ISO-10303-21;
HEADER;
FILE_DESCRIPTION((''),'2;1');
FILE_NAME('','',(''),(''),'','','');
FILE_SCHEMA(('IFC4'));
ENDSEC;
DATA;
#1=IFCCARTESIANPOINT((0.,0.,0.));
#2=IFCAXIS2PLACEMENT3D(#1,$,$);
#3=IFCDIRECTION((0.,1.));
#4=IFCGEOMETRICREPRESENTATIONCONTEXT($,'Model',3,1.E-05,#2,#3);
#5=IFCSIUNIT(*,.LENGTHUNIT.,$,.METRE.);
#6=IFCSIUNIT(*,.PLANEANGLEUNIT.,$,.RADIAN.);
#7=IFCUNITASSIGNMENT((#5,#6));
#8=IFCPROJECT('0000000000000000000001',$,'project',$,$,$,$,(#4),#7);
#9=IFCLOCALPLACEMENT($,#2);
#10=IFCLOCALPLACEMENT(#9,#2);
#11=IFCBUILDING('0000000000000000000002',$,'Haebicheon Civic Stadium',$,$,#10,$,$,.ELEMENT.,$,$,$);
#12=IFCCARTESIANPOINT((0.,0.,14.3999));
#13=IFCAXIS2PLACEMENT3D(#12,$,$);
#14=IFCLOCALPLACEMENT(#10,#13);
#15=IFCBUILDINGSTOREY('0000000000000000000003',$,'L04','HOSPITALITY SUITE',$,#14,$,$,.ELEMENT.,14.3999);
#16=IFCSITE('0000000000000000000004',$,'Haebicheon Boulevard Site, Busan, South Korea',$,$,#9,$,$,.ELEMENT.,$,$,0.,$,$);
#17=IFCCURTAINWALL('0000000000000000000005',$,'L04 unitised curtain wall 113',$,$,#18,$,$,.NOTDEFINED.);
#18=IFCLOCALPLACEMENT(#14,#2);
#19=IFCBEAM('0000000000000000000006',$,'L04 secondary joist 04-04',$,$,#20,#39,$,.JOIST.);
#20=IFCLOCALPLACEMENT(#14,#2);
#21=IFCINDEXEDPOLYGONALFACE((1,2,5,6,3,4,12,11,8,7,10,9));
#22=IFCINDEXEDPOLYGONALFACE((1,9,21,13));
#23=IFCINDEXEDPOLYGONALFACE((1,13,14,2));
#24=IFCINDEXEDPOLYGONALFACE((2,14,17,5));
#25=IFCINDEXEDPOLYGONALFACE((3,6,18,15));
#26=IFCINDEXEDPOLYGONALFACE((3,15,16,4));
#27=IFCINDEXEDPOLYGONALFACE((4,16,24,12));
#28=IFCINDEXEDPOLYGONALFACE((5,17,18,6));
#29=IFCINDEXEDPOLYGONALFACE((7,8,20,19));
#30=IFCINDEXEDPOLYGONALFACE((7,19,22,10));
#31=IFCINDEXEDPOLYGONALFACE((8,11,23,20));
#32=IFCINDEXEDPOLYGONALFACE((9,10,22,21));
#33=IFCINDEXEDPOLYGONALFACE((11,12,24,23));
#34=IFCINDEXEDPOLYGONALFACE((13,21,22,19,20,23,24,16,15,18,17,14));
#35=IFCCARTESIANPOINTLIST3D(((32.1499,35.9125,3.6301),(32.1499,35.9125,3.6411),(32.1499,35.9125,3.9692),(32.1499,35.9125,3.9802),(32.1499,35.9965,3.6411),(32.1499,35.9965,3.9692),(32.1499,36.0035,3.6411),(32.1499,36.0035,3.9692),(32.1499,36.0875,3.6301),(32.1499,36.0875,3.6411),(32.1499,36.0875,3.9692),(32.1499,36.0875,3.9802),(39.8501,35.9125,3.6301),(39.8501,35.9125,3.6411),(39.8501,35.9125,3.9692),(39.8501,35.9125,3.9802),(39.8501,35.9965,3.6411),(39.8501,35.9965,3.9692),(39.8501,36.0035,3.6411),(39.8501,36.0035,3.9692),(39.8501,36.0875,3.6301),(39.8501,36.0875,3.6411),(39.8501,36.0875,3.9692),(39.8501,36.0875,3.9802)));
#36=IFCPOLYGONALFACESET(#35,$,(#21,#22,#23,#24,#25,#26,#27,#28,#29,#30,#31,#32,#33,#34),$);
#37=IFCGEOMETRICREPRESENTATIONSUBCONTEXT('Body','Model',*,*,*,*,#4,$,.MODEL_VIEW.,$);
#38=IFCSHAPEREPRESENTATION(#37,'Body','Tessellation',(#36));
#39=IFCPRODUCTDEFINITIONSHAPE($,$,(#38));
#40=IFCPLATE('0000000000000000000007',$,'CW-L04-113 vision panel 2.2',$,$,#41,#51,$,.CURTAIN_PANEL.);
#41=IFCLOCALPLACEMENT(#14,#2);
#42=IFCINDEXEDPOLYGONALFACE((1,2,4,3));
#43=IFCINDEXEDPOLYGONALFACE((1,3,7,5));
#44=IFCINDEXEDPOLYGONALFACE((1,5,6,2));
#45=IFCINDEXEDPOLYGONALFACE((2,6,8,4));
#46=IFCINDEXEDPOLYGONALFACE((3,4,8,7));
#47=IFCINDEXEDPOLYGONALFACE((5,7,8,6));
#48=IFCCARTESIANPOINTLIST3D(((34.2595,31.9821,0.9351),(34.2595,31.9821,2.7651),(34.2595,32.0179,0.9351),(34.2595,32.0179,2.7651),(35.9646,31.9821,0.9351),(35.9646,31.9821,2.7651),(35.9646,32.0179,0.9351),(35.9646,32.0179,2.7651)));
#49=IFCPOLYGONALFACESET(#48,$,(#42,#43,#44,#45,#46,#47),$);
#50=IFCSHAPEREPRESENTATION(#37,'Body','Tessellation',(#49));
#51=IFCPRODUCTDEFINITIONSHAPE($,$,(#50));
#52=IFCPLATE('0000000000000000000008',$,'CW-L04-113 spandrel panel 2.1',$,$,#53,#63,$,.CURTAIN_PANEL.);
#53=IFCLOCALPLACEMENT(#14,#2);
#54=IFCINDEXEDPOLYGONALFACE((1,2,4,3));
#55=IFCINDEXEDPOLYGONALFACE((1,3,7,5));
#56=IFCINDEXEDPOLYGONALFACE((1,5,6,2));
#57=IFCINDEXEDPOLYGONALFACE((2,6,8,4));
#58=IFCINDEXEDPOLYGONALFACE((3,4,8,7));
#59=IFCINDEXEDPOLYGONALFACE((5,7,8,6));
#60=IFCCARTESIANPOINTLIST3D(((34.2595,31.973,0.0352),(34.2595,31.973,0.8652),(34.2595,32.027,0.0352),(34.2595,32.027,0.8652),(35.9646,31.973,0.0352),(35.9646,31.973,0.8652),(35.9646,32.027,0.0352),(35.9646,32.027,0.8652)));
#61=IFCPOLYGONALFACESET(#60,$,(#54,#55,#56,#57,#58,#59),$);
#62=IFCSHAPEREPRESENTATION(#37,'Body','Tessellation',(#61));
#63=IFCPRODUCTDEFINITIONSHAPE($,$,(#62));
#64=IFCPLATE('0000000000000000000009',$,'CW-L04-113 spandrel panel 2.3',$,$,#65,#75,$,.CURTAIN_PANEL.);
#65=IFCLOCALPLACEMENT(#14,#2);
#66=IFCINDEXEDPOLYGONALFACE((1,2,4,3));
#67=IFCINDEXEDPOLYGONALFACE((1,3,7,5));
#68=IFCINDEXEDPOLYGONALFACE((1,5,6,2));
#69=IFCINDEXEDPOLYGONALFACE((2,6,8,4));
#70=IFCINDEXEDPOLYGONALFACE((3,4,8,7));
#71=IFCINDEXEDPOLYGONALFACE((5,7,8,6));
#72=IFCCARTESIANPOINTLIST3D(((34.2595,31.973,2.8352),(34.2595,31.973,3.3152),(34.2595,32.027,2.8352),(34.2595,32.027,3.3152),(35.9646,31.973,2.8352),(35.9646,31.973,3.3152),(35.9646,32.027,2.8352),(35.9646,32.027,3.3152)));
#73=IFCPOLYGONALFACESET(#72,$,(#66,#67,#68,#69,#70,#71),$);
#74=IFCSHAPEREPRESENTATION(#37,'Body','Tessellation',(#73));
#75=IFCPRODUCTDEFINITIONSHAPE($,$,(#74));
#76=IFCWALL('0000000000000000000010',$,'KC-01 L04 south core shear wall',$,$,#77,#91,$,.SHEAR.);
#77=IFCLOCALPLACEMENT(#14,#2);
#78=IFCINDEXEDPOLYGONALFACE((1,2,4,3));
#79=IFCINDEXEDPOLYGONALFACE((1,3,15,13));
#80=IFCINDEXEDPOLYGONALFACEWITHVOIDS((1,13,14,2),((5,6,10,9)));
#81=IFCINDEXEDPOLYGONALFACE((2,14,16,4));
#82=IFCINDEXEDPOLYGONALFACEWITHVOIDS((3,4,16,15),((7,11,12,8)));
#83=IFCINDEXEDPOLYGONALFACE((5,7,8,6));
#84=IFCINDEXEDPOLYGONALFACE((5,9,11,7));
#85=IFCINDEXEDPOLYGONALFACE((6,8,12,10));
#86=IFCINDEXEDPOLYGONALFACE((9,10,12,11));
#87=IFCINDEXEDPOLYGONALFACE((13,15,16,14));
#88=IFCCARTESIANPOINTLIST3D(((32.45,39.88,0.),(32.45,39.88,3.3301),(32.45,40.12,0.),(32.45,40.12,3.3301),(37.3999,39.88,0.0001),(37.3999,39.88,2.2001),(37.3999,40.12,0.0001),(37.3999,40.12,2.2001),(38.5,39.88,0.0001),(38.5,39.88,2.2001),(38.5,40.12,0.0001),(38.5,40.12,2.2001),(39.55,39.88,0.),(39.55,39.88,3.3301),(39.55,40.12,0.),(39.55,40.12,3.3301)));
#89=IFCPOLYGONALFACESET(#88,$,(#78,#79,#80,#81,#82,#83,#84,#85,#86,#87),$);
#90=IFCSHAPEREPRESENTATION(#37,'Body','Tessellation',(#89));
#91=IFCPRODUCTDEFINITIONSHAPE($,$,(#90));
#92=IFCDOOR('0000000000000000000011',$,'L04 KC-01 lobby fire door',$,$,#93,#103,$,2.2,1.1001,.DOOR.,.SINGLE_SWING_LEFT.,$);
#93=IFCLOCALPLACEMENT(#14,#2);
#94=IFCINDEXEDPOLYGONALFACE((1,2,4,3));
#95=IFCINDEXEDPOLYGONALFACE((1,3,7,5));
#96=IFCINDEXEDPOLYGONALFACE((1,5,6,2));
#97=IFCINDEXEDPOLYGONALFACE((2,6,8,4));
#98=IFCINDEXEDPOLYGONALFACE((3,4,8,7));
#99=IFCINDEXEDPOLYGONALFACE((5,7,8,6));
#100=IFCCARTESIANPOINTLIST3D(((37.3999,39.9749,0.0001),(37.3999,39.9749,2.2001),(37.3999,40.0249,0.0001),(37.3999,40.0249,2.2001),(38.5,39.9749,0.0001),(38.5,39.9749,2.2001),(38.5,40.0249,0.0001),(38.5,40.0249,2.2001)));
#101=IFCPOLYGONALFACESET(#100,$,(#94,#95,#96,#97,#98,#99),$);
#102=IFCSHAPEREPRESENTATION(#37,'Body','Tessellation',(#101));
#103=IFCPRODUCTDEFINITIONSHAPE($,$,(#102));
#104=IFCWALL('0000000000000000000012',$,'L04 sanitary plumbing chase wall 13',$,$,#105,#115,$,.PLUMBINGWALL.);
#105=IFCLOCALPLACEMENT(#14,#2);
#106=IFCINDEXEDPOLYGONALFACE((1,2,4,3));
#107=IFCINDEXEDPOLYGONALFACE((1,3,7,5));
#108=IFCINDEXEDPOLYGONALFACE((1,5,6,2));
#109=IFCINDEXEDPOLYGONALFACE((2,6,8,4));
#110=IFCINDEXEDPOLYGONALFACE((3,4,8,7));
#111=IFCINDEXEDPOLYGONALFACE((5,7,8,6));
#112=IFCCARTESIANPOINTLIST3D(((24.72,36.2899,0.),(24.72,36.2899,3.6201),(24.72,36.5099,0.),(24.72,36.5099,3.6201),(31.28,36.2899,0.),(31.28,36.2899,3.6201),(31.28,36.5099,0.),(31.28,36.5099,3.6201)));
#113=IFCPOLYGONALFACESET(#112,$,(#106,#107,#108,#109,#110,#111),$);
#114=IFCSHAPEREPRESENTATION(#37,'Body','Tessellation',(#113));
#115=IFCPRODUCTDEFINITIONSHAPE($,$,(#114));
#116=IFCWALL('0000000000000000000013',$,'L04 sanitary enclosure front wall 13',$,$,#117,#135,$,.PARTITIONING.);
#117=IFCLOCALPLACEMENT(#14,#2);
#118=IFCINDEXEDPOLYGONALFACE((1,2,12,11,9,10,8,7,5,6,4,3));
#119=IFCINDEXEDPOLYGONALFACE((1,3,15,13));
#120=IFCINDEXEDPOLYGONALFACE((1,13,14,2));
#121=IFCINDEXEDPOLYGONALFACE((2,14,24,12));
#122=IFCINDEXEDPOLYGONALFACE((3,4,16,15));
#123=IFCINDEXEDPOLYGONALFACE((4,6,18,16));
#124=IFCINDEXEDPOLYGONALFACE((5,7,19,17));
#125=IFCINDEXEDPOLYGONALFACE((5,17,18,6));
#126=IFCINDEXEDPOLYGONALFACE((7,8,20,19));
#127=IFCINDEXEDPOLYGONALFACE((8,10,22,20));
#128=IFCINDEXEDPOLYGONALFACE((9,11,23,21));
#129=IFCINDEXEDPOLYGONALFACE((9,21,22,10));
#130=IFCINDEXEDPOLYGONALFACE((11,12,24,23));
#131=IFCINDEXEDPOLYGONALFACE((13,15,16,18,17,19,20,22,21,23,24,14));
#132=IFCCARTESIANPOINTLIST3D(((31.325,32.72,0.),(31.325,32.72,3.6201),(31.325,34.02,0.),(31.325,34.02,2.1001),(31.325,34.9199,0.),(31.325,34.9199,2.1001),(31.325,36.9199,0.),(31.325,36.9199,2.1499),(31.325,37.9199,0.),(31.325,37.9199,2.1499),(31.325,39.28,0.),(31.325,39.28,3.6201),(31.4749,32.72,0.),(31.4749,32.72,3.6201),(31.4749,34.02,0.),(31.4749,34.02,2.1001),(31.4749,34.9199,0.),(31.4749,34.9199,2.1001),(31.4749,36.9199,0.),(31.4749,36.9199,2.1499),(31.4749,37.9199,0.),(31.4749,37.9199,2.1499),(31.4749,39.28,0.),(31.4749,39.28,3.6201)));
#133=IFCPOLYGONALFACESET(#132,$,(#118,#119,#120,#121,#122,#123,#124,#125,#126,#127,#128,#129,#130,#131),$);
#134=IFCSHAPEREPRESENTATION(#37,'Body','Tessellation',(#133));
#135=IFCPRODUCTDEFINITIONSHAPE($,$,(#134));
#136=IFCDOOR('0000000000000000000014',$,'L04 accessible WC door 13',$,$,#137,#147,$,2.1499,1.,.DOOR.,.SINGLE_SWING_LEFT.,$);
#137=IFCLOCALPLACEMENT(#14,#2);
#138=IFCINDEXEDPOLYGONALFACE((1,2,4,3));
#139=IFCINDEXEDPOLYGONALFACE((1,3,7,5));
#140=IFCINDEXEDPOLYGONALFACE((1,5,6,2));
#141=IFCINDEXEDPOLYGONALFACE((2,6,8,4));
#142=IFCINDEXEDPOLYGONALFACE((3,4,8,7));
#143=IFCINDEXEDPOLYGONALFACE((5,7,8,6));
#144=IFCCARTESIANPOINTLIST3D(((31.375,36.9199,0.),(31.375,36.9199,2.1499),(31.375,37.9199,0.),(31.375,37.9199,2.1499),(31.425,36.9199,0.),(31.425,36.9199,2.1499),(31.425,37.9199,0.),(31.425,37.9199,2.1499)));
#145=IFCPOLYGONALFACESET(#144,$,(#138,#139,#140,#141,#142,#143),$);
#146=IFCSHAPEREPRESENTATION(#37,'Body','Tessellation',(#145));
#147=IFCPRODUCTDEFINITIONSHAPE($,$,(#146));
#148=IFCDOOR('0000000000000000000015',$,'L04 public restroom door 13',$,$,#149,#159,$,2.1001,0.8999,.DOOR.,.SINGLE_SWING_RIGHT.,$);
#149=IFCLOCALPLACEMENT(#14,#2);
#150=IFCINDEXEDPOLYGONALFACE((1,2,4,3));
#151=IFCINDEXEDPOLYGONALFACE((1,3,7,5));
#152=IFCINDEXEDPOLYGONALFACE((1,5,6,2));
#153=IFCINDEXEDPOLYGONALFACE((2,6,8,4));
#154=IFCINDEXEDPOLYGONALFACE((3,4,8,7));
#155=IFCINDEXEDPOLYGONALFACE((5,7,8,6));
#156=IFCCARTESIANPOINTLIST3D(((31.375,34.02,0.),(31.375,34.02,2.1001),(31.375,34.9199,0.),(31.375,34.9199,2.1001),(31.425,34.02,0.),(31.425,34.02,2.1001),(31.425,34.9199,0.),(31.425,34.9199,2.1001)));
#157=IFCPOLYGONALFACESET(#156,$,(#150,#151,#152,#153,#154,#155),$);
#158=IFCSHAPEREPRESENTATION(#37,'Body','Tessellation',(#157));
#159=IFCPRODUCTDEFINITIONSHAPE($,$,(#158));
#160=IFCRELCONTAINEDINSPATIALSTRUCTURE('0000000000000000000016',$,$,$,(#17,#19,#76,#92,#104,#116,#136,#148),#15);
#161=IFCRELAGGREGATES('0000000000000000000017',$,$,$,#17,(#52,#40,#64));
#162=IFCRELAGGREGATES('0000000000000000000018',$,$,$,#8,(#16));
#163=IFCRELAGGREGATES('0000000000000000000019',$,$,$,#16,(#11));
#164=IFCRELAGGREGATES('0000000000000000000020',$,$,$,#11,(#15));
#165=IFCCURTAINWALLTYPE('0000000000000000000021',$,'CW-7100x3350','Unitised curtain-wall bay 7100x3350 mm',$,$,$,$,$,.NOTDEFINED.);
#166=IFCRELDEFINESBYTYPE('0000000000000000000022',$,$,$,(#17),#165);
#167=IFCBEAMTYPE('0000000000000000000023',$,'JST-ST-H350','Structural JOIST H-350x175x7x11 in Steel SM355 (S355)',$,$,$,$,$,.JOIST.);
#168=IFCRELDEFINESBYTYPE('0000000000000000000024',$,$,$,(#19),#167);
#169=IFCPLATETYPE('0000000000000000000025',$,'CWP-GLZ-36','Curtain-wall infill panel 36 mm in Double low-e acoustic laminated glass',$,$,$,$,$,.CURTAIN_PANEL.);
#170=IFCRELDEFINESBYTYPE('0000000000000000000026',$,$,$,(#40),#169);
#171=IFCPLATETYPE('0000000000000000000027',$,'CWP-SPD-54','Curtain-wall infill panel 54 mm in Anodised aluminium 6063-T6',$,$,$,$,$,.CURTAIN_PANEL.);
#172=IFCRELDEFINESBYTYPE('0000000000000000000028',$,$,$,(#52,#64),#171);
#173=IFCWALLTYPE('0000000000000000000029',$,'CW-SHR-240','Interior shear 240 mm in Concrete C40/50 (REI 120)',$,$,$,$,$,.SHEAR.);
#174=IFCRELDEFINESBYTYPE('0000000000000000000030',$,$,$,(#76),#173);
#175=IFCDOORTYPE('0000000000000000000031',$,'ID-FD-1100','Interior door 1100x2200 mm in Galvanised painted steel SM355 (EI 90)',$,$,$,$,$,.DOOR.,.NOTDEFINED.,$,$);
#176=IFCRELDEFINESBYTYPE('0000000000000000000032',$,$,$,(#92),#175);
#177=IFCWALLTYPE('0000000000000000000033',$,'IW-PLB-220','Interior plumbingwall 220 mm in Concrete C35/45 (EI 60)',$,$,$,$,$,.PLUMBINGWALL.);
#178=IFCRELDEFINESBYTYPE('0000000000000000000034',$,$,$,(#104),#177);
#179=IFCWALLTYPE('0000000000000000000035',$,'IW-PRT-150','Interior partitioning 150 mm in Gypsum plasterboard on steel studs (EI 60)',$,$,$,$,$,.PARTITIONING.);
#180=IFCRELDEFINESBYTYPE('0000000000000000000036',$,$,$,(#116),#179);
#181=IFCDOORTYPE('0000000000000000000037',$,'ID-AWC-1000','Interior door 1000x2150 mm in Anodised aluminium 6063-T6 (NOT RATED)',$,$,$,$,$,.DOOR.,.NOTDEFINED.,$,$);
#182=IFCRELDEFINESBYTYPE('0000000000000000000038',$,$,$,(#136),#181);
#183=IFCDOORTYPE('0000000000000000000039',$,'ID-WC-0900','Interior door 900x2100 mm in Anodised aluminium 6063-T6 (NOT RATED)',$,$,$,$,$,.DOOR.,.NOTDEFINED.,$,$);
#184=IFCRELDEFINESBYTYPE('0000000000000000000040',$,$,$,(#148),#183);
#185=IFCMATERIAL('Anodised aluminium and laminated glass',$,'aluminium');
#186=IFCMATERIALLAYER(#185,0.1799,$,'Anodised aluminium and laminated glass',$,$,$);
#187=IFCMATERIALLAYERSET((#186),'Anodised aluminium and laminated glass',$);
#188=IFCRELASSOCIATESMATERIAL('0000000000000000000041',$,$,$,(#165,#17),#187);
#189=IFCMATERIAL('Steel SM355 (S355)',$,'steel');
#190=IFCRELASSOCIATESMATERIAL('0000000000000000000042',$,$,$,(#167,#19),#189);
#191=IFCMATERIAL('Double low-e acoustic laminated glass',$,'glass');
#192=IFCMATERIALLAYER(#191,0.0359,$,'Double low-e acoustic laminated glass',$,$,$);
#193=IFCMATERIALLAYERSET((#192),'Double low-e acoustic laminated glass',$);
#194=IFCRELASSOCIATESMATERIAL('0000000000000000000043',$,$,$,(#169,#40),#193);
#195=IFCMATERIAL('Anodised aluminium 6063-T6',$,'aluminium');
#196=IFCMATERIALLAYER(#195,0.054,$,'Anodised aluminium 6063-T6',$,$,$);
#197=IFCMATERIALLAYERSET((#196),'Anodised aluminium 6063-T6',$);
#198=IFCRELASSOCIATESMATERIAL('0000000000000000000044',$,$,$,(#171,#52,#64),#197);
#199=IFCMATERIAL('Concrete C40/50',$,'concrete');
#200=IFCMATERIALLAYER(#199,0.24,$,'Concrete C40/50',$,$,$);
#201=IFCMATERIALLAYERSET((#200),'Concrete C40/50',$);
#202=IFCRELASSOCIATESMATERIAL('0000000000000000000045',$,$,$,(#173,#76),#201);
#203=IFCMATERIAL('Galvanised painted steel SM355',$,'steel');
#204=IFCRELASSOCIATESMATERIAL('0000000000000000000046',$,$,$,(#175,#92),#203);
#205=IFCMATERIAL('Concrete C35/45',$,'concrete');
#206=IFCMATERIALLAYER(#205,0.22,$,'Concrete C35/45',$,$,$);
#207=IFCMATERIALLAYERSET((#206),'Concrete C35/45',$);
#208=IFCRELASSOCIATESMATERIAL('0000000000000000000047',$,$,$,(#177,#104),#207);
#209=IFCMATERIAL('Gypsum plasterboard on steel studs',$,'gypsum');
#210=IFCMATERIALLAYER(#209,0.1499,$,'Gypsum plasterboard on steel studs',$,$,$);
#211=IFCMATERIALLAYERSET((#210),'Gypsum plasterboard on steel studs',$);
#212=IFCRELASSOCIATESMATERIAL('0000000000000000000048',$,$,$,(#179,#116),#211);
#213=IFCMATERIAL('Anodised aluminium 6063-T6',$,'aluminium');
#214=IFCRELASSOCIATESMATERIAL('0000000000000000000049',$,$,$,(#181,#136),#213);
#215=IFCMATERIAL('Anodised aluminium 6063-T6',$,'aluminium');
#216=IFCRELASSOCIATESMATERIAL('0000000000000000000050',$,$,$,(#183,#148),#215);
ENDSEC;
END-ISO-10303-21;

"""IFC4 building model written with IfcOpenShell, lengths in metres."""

from ifc_helpers import new_model, si_unit, direction, frame, frame_2d, origin, origin_2d, place, context, subcontext, project, spatial, rectangle, i_section, extrude, material, layer, layer_set, material_profile, profile_set, type_object, element, fill, aggregate, save


model = new_model("IFC4")

# Units and contexts
model_context = context("Model", 3, precision=1e-05, world=origin(), true_north=direction((0.0, 1.0)))
body_context = subcontext(model_context, "Body", "Model", "MODEL_VIEW")
ifc_project = project(units=[si_unit("LENGTHUNIT", "METRE"), si_unit("PLANEANGLEUNIT", "RADIAN")], contexts=[model_context])

# Site, building, storey
site_placement = place(None, origin())
site = spatial("IfcSite", under=ifc_project, at=site_placement, Name="Haebicheon Boulevard Site, Busan, South Korea", CompositionType="ELEMENT", RefElevation=0.0)
building_placement = place(site_placement, origin())
building = spatial("IfcBuilding", under=site, at=building_placement, Name="Haebicheon Civic Stadium", CompositionType="ELEMENT")
storey_placement = place(building_placement, frame((0.0, 0.0, 14.3999)))
storey = spatial("IfcBuildingStorey", under=building, at=storey_placement, Name="L04", Description="HOSPITALITY SUITE", CompositionType="ELEMENT", Elevation=14.3999)

# Curtain wall
ifc_material_1 = material(Name="Anodised aluminium and laminated glass", Category="aluminium")
ifc_layer_1 = layer(ifc_material_1, 0.1799, Name="Anodised aluminium and laminated glass")
ifc_layer_set_1 = layer_set([ifc_layer_1], Name="Anodised aluminium and laminated glass")
curtain_wall_type = type_object("IfcCurtainWallType", Name="CW-7100x3350", Description="Unitised curtain-wall bay 7100x3350 mm", PredefinedType="NOTDEFINED", material=ifc_layer_set_1)
curtain_wall_placement = place(storey_placement, origin())
curtain_wall = element("IfcCurtainWall", 1, at=curtain_wall_placement, inside=storey, type_object=curtain_wall_type, material=ifc_layer_set_1, Name="L04 unitised curtain wall 113", PredefinedType="NOTDEFINED")

# Beam
ifc_material_2 = material(Name="Steel SM355 (S355)", Category="steel")
ifc_material_profile_1 = material_profile(ifc_material_2, i_section(OverallWidth=0.175, OverallDepth=0.3501, WebThickness=0.0071, FlangeThickness=0.011, at=origin_2d()), Name="H-350x175x7x11")
ifc_profile_set_1 = profile_set([ifc_material_profile_1], Name="Steel SM355 (S355)")
beam_type_1 = type_object("IfcBeamType", Name="JST-ST-H350", Description="Structural JOIST H-350x175x7x11 in Steel SM355 (S355)", PredefinedType="JOIST", material=ifc_profile_set_1)
beam_1_placement = place(storey_placement, frame((32.1499, 36.0, 3.8052), z_axis=(1.0, 0.0, 0.0), x_axis=(0.0, 1.0, 0.0)))
element("IfcBeam", 2, at=beam_1_placement, inside=storey, type_object=beam_type_1, material=ifc_profile_set_1, Name="L04 secondary joist 04-04", PredefinedType="JOIST", context=body_context, shape_type="SweptSolid", body=[
    extrude(i_section(OverallWidth=0.175, OverallDepth=0.3501, WebThickness=0.0071, FlangeThickness=0.011, at=origin_2d()), origin(), (0.0, 0.0, 1.0), 7.7002),
])

# Plates
ifc_material_3 = material(Name="Double low-e acoustic laminated glass", Category="glass")
ifc_layer_2 = layer(ifc_material_3, 0.0359, Name="Double low-e acoustic laminated glass")
ifc_layer_set_2 = layer_set([ifc_layer_2], Name="Double low-e acoustic laminated glass")
plate_type_1 = type_object("IfcPlateType", Name="CWP-GLZ-36", Description="Curtain-wall infill panel 36 mm in Double low-e acoustic laminated glass", PredefinedType="CURTAIN_PANEL", material=ifc_layer_set_2)
plate_1_placement = place(storey_placement, frame((35.1121, 32.0, 0.9351), z_axis=(0.0, 0.0, 1.0), x_axis=(1.0, 0.0, 0.0)))
plate_1 = element("IfcPlate", 3, at=plate_1_placement, type_object=plate_type_1, material=ifc_layer_set_2, Name="CW-L04-113 vision panel 2.2", PredefinedType="CURTAIN_PANEL", context=body_context, shape_type="SweptSolid", body=[
    extrude(rectangle(XDim=1.7051, YDim=0.0359, at=origin_2d()), origin(), (0.0, 0.0, 1.0), 1.8301),
])
ifc_material_4 = material(Name="Anodised aluminium 6063-T6", Category="aluminium")
ifc_layer_3 = layer(ifc_material_4, 0.054, Name="Anodised aluminium 6063-T6")
ifc_layer_set_3 = layer_set([ifc_layer_3], Name="Anodised aluminium 6063-T6")
plate_type_2 = type_object("IfcPlateType", Name="CWP-SPD-54", Description="Curtain-wall infill panel 54 mm in Anodised aluminium 6063-T6", PredefinedType="CURTAIN_PANEL", material=ifc_layer_set_3)
plate_2_placement = place(storey_placement, frame((35.1121, 32.0, 0.0352), z_axis=(0.0, 0.0, 1.0), x_axis=(1.0, 0.0, 0.0)))
plate_2 = element("IfcPlate", 4, at=plate_2_placement, type_object=plate_type_2, material=ifc_layer_set_3, Name="CW-L04-113 spandrel panel 2.1", PredefinedType="CURTAIN_PANEL", context=body_context, shape_type="SweptSolid", body=[
    extrude(rectangle(XDim=1.7051, YDim=0.054, at=origin_2d()), origin(), (0.0, 0.0, 1.0), 0.8301),
])
plate_3_placement = place(storey_placement, frame((35.1121, 32.0, 2.8352), z_axis=(0.0, 0.0, 1.0), x_axis=(1.0, 0.0, 0.0)))
plate_3 = element("IfcPlate", 5, at=plate_3_placement, type_object=plate_type_2, material=ifc_layer_set_3, Name="CW-L04-113 spandrel panel 2.3", PredefinedType="CURTAIN_PANEL", context=body_context, shape_type="SweptSolid", body=[
    extrude(rectangle(XDim=1.7051, YDim=0.054, at=origin_2d()), origin(), (0.0, 0.0, 1.0), 0.48),
])
aggregate(curtain_wall, [plate_2, plate_1, plate_3])

# Wall, opening, door
ifc_material_5 = material(Name="Concrete C40/50", Category="concrete")
ifc_layer_4 = layer(ifc_material_5, 0.24, Name="Concrete C40/50")
ifc_layer_set_4 = layer_set([ifc_layer_4], Name="Concrete C40/50")
wall_type_1 = type_object("IfcWallType", Name="CW-SHR-240", Description="Interior shear 240 mm in Concrete C40/50 (REI 120)", PredefinedType="SHEAR", material=ifc_layer_set_4)
wall_1_placement = place(storey_placement, frame((32.45, 40.0, 0.0), z_axis=(0.0, 0.0, 1.0), x_axis=(1.0, 0.0, 0.0)))
wall_1 = element("IfcWall", 6, at=wall_1_placement, inside=storey, type_object=wall_type_1, material=ifc_layer_set_4, Name="KC-01 L04 south core shear wall", PredefinedType="SHEAR", context=body_context, shape_type="SweptSolid", body=[
    extrude(rectangle(XDim=7.1001, YDim=0.24, at=frame_2d((3.55, 0.0))), origin(), (0.0, 0.0, 1.0), 3.3301),
])
opening_1_placement = place(wall_1_placement, frame((4.95, 0.0, 0.0)))
opening_1 = element("IfcOpeningElement", 7, at=opening_1_placement, cuts=wall_1, PredefinedType="OPENING", context=body_context, shape_type="SweptSolid", body=[
    extrude(rectangle(XDim=1.1001, YDim=2.2, at=frame_2d((0.55, 1.1001))), frame((0.0, 0.1299, 0.0), z_axis=(0.0, -1.0, 0.0), x_axis=(1.0, 0.0, 0.0)), (0.0, 0.0, 1.0), 0.26),
])
ifc_material_6 = material(Name="Galvanised painted steel SM355", Category="steel")
door_type_1 = type_object("IfcDoorType", Name="ID-FD-1100", Description="Interior door 1100x2200 mm in Galvanised painted steel SM355 (EI 90)", OperationType="NOTDEFINED", PredefinedType="DOOR", material=ifc_material_6)
door_1_placement = place(opening_1_placement, origin())
door_1 = element("IfcDoor", 8, at=door_1_placement, inside=storey, type_object=door_type_1, material=ifc_material_6, Name="L04 KC-01 lobby fire door", OperationType="SINGLE_SWING_LEFT", OverallHeight=2.2, OverallWidth=1.1001, PredefinedType="DOOR", context=body_context, shape_type="SweptSolid", body=[
    extrude(rectangle(XDim=1.1001, YDim=2.2, at=frame_2d((0.55, 1.1001))), frame((0.0, 0.0249, 0.0), z_axis=(0.0, -1.0, 0.0), x_axis=(1.0, 0.0, 0.0)), (0.0, 0.0, 1.0), 0.05),
])
fill(opening_1, door_1)

# Wall
ifc_material_7 = material(Name="Concrete C35/45", Category="concrete")
ifc_layer_5 = layer(ifc_material_7, 0.22, Name="Concrete C35/45")
ifc_layer_set_5 = layer_set([ifc_layer_5], Name="Concrete C35/45")
wall_type_2 = type_object("IfcWallType", Name="IW-PLB-220", Description="Interior plumbingwall 220 mm in Concrete C35/45 (EI 60)", PredefinedType="PLUMBINGWALL", material=ifc_layer_set_5)
wall_2_placement = place(storey_placement, frame((24.72, 36.3999, 0.0), z_axis=(0.0, 0.0, 1.0), x_axis=(1.0, 0.0, 0.0)))
element("IfcWall", 9, at=wall_2_placement, inside=storey, type_object=wall_type_2, material=ifc_layer_set_5, Name="L04 sanitary plumbing chase wall 13", PredefinedType="PLUMBINGWALL", context=body_context, shape_type="SweptSolid", body=[
    extrude(rectangle(XDim=6.5601, YDim=0.22, at=frame_2d((3.28, 0.0))), origin(), (0.0, 0.0, 1.0), 3.6201),
])

# Wall, openings, doors
ifc_material_8 = material(Name="Gypsum plasterboard on steel studs", Category="gypsum")
ifc_layer_6 = layer(ifc_material_8, 0.1499, Name="Gypsum plasterboard on steel studs")
ifc_layer_set_6 = layer_set([ifc_layer_6], Name="Gypsum plasterboard on steel studs")
wall_type_3 = type_object("IfcWallType", Name="IW-PRT-150", Description="Interior partitioning 150 mm in Gypsum plasterboard on steel studs (EI 60)", PredefinedType="PARTITIONING", material=ifc_layer_set_6)
wall_3_placement = place(storey_placement, frame((31.3999, 32.72, 0.0), z_axis=(0.0, 0.0, 1.0), x_axis=(0.0, 1.0, 0.0)))
wall_3 = element("IfcWall", 10, at=wall_3_placement, inside=storey, type_object=wall_type_3, material=ifc_layer_set_6, Name="L04 sanitary enclosure front wall 13", PredefinedType="PARTITIONING", context=body_context, shape_type="SweptSolid", body=[
    extrude(rectangle(XDim=6.5601, YDim=0.1499, at=frame_2d((3.28, 0.0))), origin(), (0.0, 0.0, 1.0), 3.6201),
])
opening_2_placement = place(wall_3_placement, frame((1.3, 0.0, 0.0)))
opening_2 = element("IfcOpeningElement", 11, at=opening_2_placement, cuts=wall_3, PredefinedType="OPENING", context=body_context, shape_type="SweptSolid", body=[
    extrude(rectangle(XDim=0.8999, YDim=2.1001, at=frame_2d((0.45, 1.05))), frame((0.0, 0.085, 0.0), z_axis=(0.0, -1.0, 0.0), x_axis=(1.0, 0.0, 0.0)), (0.0, 0.0, 1.0), 0.1699),
])
opening_3_placement = place(wall_3_placement, frame((4.2, 0.0, 0.0)))
opening_3 = element("IfcOpeningElement", 12, at=opening_3_placement, cuts=wall_3, PredefinedType="OPENING", context=body_context, shape_type="SweptSolid", body=[
    extrude(rectangle(XDim=1.0, YDim=2.1499, at=frame_2d((0.5, 1.075))), frame((0.0, 0.085, 0.0), z_axis=(0.0, -1.0, 0.0), x_axis=(1.0, 0.0, 0.0)), (0.0, 0.0, 1.0), 0.1699),
])
ifc_material_9 = material(Name="Anodised aluminium 6063-T6", Category="aluminium")
door_type_2 = type_object("IfcDoorType", Name="ID-AWC-1000", Description="Interior door 1000x2150 mm in Anodised aluminium 6063-T6 (NOT RATED)", OperationType="NOTDEFINED", PredefinedType="DOOR", material=ifc_material_9)
door_2_placement = place(opening_3_placement, origin())
door_2 = element("IfcDoor", 13, at=door_2_placement, inside=storey, type_object=door_type_2, material=ifc_material_9, Name="L04 accessible WC door 13", OperationType="SINGLE_SWING_LEFT", OverallHeight=2.1499, OverallWidth=1.0, PredefinedType="DOOR", context=body_context, shape_type="SweptSolid", body=[
    extrude(rectangle(XDim=1.0, YDim=2.1499, at=frame_2d((0.5, 1.075))), frame((0.0, 0.0249, 0.0), z_axis=(0.0, -1.0, 0.0), x_axis=(1.0, 0.0, 0.0)), (0.0, 0.0, 1.0), 0.05),
])
fill(opening_3, door_2)
ifc_material_10 = material(Name="Anodised aluminium 6063-T6", Category="aluminium")
door_type_3 = type_object("IfcDoorType", Name="ID-WC-0900", Description="Interior door 900x2100 mm in Anodised aluminium 6063-T6 (NOT RATED)", OperationType="NOTDEFINED", PredefinedType="DOOR", material=ifc_material_10)
door_3_placement = place(opening_2_placement, origin())
door_3 = element("IfcDoor", 14, at=door_3_placement, inside=storey, type_object=door_type_3, material=ifc_material_10, Name="L04 public restroom door 13", OperationType="SINGLE_SWING_RIGHT", OverallHeight=2.1001, OverallWidth=0.8999, PredefinedType="DOOR", context=body_context, shape_type="SweptSolid", body=[
    extrude(rectangle(XDim=0.8999, YDim=2.1001, at=frame_2d((0.45, 1.05))), frame((0.0, 0.0249, 0.0), z_axis=(0.0, -1.0, 0.0), x_axis=(1.0, 0.0, 0.0)), (0.0, 0.0, 1.0), 0.05),
])
fill(opening_2, door_3)

save(model, "model.ifc")
